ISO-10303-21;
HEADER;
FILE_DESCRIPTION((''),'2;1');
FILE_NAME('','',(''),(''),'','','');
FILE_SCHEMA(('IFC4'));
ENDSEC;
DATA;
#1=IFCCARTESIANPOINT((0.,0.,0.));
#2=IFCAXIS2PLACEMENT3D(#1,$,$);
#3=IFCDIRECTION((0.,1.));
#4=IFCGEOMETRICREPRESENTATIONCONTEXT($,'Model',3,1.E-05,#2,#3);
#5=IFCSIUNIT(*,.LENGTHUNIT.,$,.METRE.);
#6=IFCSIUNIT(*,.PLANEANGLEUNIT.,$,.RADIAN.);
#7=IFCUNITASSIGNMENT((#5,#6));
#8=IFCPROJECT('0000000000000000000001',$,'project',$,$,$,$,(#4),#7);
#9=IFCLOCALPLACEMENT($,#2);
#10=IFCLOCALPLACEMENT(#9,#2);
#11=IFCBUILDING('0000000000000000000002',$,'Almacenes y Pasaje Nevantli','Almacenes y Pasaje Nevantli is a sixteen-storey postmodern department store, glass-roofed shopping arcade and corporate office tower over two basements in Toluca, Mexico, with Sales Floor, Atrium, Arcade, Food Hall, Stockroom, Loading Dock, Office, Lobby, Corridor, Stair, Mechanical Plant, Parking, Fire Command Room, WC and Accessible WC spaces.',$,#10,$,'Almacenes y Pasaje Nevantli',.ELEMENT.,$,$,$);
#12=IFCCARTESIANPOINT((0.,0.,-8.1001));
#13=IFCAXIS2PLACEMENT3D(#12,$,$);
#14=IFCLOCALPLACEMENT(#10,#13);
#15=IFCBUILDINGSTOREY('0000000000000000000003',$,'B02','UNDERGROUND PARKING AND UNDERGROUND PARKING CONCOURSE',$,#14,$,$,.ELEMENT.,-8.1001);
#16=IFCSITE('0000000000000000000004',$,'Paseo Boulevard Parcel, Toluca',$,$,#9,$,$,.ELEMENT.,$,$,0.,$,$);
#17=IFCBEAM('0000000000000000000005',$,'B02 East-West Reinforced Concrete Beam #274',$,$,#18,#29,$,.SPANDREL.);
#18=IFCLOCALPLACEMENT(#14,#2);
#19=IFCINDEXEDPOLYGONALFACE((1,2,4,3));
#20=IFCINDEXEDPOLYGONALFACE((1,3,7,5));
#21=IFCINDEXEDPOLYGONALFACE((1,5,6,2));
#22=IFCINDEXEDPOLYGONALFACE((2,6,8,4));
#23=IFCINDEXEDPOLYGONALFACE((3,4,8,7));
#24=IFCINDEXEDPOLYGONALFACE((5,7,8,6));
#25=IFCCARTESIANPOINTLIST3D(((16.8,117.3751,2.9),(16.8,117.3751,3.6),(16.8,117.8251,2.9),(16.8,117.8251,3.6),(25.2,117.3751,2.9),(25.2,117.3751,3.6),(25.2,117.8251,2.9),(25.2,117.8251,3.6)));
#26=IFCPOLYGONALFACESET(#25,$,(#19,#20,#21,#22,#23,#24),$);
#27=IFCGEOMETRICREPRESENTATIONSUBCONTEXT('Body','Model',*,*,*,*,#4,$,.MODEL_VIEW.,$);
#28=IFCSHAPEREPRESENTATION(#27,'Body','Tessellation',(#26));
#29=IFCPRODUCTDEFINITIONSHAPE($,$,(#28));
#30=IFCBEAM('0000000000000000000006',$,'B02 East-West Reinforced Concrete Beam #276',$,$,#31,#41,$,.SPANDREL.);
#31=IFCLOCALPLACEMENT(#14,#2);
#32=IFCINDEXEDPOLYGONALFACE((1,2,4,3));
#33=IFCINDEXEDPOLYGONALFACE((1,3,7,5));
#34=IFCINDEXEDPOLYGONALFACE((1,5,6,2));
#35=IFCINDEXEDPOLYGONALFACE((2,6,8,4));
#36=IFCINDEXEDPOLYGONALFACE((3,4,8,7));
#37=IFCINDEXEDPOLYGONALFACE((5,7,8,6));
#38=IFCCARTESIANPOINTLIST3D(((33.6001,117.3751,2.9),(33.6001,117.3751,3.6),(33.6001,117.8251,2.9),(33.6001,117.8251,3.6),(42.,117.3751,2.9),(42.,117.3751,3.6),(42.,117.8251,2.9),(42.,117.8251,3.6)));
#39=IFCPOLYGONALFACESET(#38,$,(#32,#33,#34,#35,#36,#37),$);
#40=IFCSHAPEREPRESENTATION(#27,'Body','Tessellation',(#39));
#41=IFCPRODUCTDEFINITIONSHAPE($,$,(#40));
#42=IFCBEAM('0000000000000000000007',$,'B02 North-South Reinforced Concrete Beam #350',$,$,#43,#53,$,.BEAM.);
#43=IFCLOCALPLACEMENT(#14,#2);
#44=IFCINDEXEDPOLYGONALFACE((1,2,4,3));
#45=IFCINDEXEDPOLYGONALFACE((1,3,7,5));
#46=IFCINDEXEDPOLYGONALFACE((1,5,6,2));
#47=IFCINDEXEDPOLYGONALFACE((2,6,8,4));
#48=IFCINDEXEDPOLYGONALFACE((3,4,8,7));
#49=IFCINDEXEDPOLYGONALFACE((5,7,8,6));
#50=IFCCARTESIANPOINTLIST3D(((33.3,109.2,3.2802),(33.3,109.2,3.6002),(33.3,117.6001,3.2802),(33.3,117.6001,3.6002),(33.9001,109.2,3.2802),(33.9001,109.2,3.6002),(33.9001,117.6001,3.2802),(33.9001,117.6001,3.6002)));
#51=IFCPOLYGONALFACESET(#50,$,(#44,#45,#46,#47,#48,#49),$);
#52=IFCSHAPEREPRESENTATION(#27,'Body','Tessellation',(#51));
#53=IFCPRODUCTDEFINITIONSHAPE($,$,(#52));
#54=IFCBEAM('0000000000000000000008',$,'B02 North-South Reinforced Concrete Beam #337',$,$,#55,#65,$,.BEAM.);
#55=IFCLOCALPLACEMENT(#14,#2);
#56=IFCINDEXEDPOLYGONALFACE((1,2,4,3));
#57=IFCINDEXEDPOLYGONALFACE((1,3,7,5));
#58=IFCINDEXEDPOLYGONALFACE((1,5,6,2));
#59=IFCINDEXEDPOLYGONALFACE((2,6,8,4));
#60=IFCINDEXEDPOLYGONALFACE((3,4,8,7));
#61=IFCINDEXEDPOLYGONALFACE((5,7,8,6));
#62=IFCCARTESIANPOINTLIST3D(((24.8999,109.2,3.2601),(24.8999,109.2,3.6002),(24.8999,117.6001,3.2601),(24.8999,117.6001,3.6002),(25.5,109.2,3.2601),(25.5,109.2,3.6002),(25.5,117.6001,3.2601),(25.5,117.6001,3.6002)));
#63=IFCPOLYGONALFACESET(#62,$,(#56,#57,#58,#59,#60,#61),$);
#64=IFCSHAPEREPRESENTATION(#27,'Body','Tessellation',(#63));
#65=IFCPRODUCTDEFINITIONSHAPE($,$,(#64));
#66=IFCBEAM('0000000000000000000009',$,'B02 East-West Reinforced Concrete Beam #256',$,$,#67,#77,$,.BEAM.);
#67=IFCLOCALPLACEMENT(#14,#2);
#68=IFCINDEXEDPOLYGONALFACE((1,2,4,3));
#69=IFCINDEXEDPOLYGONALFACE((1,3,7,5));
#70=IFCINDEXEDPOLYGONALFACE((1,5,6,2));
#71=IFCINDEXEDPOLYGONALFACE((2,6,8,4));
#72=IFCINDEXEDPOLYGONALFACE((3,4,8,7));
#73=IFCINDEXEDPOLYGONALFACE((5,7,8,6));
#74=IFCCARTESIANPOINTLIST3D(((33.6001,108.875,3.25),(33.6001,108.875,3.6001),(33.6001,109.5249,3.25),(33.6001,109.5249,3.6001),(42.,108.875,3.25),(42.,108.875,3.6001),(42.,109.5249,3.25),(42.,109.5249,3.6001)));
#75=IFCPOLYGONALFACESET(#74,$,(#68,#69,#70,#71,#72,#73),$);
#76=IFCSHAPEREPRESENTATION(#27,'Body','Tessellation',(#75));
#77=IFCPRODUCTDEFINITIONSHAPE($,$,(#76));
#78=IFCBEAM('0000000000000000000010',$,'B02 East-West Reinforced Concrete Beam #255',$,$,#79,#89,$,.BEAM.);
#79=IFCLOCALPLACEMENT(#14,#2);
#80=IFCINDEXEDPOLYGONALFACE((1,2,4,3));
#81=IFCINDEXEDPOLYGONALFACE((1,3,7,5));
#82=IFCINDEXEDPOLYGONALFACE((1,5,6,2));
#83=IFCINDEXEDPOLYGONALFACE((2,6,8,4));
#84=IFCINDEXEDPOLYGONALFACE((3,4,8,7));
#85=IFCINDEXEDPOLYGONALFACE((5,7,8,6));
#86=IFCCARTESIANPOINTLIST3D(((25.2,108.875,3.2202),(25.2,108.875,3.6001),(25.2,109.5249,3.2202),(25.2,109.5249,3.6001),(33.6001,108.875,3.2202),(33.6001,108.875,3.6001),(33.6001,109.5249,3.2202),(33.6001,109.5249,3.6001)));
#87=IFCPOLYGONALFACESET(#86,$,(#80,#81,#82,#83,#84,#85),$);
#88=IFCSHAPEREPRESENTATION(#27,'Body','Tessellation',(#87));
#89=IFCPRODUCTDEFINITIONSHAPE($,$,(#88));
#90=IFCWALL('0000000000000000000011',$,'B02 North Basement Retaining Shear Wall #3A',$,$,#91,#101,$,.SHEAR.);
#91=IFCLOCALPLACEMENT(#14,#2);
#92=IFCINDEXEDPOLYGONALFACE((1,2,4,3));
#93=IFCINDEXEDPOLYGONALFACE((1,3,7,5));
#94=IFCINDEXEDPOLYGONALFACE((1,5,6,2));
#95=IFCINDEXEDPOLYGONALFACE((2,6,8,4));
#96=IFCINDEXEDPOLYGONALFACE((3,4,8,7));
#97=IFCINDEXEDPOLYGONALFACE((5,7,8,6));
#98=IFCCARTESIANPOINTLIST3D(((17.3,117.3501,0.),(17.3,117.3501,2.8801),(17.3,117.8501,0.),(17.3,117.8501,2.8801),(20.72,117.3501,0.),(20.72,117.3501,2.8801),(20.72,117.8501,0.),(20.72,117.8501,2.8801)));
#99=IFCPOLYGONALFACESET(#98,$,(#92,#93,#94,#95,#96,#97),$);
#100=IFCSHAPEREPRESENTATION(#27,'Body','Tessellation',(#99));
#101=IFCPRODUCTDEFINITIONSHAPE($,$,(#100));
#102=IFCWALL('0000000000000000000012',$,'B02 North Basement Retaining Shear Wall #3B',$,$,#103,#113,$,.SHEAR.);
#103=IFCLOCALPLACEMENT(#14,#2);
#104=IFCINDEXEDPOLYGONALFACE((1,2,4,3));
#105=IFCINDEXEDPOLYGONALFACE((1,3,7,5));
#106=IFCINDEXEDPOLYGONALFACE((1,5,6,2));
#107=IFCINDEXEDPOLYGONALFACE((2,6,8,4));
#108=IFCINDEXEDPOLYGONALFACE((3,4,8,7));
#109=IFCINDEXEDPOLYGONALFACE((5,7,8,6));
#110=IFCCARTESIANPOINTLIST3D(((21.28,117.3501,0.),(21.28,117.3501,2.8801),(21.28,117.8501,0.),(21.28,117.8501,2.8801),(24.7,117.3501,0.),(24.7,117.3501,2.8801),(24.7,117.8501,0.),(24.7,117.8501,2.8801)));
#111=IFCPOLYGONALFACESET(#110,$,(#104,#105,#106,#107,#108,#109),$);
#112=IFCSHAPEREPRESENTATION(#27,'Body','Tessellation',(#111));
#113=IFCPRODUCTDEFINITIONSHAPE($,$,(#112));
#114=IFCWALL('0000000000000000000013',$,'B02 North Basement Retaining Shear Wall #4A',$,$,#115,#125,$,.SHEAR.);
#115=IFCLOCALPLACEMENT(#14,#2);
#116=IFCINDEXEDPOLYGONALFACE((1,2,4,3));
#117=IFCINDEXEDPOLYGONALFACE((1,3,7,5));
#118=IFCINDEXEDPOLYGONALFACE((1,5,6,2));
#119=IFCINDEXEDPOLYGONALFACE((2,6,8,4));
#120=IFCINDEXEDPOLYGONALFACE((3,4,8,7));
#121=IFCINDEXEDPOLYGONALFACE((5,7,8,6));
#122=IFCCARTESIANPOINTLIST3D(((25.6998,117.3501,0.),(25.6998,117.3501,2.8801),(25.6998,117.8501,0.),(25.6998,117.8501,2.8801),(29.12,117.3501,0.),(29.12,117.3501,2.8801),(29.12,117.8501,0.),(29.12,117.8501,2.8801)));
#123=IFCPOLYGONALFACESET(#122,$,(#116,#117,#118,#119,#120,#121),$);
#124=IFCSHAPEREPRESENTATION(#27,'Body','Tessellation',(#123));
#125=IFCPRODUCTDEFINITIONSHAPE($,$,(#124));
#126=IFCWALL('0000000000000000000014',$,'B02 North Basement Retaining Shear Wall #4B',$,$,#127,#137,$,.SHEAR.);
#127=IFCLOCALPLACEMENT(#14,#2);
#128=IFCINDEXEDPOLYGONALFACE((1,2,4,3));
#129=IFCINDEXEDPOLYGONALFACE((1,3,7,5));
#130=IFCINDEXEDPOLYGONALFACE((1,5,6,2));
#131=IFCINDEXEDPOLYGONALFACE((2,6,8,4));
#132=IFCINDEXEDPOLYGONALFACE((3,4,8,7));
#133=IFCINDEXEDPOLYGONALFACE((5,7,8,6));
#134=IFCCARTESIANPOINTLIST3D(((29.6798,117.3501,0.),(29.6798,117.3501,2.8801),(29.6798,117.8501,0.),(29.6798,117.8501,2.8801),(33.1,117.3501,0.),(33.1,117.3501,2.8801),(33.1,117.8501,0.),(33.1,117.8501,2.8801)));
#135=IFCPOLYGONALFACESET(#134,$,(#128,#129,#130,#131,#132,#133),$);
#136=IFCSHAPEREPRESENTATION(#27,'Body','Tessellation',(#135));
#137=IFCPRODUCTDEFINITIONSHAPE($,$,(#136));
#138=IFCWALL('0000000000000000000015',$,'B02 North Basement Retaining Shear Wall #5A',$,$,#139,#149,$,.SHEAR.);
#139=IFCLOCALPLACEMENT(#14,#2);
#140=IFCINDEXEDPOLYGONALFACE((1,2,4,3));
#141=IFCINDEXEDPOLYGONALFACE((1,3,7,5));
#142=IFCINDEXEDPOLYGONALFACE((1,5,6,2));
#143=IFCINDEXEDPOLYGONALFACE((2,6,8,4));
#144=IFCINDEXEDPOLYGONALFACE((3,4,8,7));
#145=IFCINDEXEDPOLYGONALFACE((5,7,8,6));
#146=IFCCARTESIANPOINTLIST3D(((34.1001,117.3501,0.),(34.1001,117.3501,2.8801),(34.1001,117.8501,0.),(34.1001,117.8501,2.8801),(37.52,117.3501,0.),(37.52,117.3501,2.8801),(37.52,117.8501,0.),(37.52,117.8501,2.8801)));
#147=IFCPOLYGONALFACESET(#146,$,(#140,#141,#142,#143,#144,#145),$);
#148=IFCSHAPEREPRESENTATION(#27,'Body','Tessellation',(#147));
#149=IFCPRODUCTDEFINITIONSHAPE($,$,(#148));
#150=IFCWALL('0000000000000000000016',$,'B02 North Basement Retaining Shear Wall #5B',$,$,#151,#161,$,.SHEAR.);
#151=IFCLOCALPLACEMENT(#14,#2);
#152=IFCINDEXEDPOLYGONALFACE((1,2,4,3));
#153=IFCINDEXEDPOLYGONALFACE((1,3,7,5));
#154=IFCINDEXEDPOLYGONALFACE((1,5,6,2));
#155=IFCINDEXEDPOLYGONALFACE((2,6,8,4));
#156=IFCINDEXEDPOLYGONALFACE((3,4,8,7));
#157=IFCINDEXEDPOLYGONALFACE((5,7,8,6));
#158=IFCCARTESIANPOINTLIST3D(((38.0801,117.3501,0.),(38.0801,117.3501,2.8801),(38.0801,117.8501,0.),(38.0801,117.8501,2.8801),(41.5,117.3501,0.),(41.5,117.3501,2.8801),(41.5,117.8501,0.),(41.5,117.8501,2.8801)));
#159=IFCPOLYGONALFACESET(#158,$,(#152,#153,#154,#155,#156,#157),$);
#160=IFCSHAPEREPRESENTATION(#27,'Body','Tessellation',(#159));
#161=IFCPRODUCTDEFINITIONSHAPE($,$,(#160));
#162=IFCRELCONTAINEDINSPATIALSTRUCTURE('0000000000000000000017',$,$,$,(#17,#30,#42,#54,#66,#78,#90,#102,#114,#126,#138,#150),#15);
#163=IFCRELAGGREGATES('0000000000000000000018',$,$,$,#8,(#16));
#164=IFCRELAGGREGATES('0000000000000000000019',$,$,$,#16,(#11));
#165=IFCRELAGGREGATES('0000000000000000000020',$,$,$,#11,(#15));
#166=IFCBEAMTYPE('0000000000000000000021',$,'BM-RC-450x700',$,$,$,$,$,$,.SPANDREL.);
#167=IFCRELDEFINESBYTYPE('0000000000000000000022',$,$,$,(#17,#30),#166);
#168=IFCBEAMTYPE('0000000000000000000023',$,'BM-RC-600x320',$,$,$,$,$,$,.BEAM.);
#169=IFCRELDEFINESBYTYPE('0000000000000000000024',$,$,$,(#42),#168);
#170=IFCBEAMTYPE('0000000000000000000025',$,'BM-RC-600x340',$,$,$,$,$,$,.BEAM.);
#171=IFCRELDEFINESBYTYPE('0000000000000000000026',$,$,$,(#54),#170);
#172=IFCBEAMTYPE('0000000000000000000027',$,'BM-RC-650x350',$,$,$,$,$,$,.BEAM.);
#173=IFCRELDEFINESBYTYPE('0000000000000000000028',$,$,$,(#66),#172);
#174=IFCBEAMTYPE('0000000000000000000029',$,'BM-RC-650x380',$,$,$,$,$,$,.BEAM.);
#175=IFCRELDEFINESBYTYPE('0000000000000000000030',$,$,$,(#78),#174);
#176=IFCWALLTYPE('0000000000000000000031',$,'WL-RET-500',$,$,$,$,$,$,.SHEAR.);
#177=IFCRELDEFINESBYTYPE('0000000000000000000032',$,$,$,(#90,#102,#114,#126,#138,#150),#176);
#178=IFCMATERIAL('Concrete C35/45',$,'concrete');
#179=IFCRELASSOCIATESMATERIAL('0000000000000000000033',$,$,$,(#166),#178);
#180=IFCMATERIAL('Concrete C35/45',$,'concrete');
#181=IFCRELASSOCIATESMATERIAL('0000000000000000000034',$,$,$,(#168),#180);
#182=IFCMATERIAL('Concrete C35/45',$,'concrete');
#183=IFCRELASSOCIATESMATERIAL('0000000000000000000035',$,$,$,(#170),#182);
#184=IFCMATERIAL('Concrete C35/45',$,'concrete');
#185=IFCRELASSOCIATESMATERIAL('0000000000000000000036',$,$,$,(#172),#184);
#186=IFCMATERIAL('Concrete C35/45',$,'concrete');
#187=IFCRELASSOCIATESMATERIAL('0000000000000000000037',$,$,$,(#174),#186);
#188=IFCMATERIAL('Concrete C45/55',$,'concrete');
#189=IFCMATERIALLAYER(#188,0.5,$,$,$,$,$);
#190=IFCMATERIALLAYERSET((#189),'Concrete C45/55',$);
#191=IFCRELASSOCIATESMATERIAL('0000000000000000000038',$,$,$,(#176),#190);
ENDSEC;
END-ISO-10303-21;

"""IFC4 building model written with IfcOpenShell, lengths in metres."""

from ifc_helpers import new_model, si_unit, direction, frame, frame_2d, origin, origin_2d, place, context, subcontext, project, spatial, rectangle, extrude, material, layer, layer_set, material_profile, profile_set, type_object, element, save


model = new_model("IFC4")

# Units and contexts
model_context = context("Model", 3, precision=1e-05, world=origin(), true_north=direction((0.0, 1.0)))
body_context = subcontext(model_context, "Body", "Model", "MODEL_VIEW")
ifc_project = project(units=[si_unit("LENGTHUNIT", "METRE"), si_unit("PLANEANGLEUNIT", "RADIAN")], contexts=[model_context])

# Site, building, storey
site_placement = place(None, origin())
site = spatial("IfcSite", under=ifc_project, at=site_placement, Name="Paseo Boulevard Parcel, Toluca", CompositionType="ELEMENT", RefElevation=0.0)
building_placement = place(site_placement, origin())
building = spatial("IfcBuilding", under=site, at=building_placement, Name="Almacenes y Pasaje Nevantli", Description="Almacenes y Pasaje Nevantli is a sixteen-storey postmodern department store, glass-roofed shopping arcade and corporate office tower over two basements in Toluca, Mexico, with Sales Floor, Atrium, Arcade, Food Hall, Stockroom, Loading Dock, Office, Lobby, Corridor, Stair, Mechanical Plant, Parking, Fire Command Room, WC and Accessible WC spaces.", LongName="Almacenes y Pasaje Nevantli", CompositionType="ELEMENT")
storey_placement = place(building_placement, frame((0.0, 0.0, -8.1001)))
storey = spatial("IfcBuildingStorey", under=building, at=storey_placement, Name="B02", Description="UNDERGROUND PARKING AND UNDERGROUND PARKING CONCOURSE", CompositionType="ELEMENT", Elevation=-8.1001)

# Beams
ifc_material_1 = material(Name="Concrete C35/45", Category="concrete")
ifc_material_profile_1 = material_profile(ifc_material_1, rectangle(XDim=0.45, YDim=0.7, at=origin_2d()), Name="RC-BM-450x700")
ifc_profile_set_1 = profile_set([ifc_material_profile_1], Name="Concrete C35/45")
beam_type_1 = type_object("IfcBeamType", Name="BM-RC-450x700", PredefinedType="SPANDREL", material=ifc_profile_set_1)
for number, where, z_axis, x_axis, name in (
    (1, (16.8, 117.6001, 3.25), (1.0, 0.0, 0.0), (0.0, 1.0, 0.0), "B02 East-West Reinforced Concrete Beam #274"),
    (2, (33.6001, 117.6001, 3.25), (1.0, 0.0, 0.0), (0.0, 1.0, 0.0), "B02 East-West Reinforced Concrete Beam #276"),
):
    element("IfcBeam", number, at=place(storey_placement, frame(where, z_axis=z_axis, x_axis=x_axis)), inside=storey, type_object=beam_type_1, Name=name, PredefinedType="SPANDREL", context=body_context, shape_type="SweptSolid", body=[
        extrude(rectangle(XDim=0.45, YDim=0.7, at=origin_2d()), origin(), (0.0, 0.0, 1.0), 8.3999),
    ])
ifc_material_2 = material(Name="Concrete C35/45", Category="concrete")
ifc_material_profile_2 = material_profile(ifc_material_2, rectangle(XDim=0.6001, YDim=0.3201, at=origin_2d()), Name="RC-BM-600x320")
ifc_profile_set_2 = profile_set([ifc_material_profile_2], Name="Concrete C35/45")
beam_type_2 = type_object("IfcBeamType", Name="BM-RC-600x320", PredefinedType="BEAM", material=ifc_profile_set_2)
beam_1_placement = place(storey_placement, frame((33.6001, 109.2, 3.4402), z_axis=(0.0, 1.0, 0.0), x_axis=(-1.0, 0.0, 0.0)))
element("IfcBeam", 3, at=beam_1_placement, inside=storey, type_object=beam_type_2, Name="B02 North-South Reinforced Concrete Beam #350", PredefinedType="BEAM", context=body_context, shape_type="SweptSolid", body=[
    extrude(rectangle(XDim=0.6001, YDim=0.3201, at=origin_2d()), origin(), (0.0, 0.0, 1.0), 8.4001),
])
ifc_material_3 = material(Name="Concrete C35/45", Category="concrete")
ifc_material_profile_3 = material_profile(ifc_material_3, rectangle(XDim=0.6001, YDim=0.3401, at=origin_2d()), Name="RC-BM-600x340")
ifc_profile_set_3 = profile_set([ifc_material_profile_3], Name="Concrete C35/45")
beam_type_3 = type_object("IfcBeamType", Name="BM-RC-600x340", PredefinedType="BEAM", material=ifc_profile_set_3)
beam_2_placement = place(storey_placement, frame((25.2, 109.2, 3.4302), z_axis=(0.0, 1.0, 0.0), x_axis=(-1.0, 0.0, 0.0)))
element("IfcBeam", 4, at=beam_2_placement, inside=storey, type_object=beam_type_3, Name="B02 North-South Reinforced Concrete Beam #337", PredefinedType="BEAM", context=body_context, shape_type="SweptSolid", body=[
    extrude(rectangle(XDim=0.6001, YDim=0.3401, at=origin_2d()), origin(), (0.0, 0.0, 1.0), 8.4001),
])
ifc_material_4 = material(Name="Concrete C35/45", Category="concrete")
ifc_material_profile_4 = material_profile(ifc_material_4, rectangle(XDim=0.6499, YDim=0.3501, at=origin_2d()), Name="RC-BM-650x350")
ifc_profile_set_4 = profile_set([ifc_material_profile_4], Name="Concrete C35/45")
beam_type_4 = type_object("IfcBeamType", Name="BM-RC-650x350", PredefinedType="BEAM", material=ifc_profile_set_4)
beam_3_placement = place(storey_placement, frame((33.6001, 109.2, 3.425), z_axis=(1.0, 0.0, 0.0), x_axis=(0.0, 1.0, 0.0)))
element("IfcBeam", 5, at=beam_3_placement, inside=storey, type_object=beam_type_4, Name="B02 East-West Reinforced Concrete Beam #256", PredefinedType="BEAM", context=body_context, shape_type="SweptSolid", body=[
    extrude(rectangle(XDim=0.6499, YDim=0.3501, at=origin_2d()), origin(), (0.0, 0.0, 1.0), 8.3999),
])
ifc_material_5 = material(Name="Concrete C35/45", Category="concrete")
ifc_material_profile_5 = material_profile(ifc_material_5, rectangle(XDim=0.6499, YDim=0.3799, at=origin_2d()), Name="RC-BM-650x380")
ifc_profile_set_5 = profile_set([ifc_material_profile_5], Name="Concrete C35/45")
beam_type_5 = type_object("IfcBeamType", Name="BM-RC-650x380", PredefinedType="BEAM", material=ifc_profile_set_5)
beam_4_placement = place(storey_placement, frame((25.2, 109.2, 3.4102), z_axis=(1.0, 0.0, 0.0), x_axis=(0.0, 1.0, 0.0)))
element("IfcBeam", 6, at=beam_4_placement, inside=storey, type_object=beam_type_5, Name="B02 East-West Reinforced Concrete Beam #255", PredefinedType="BEAM", context=body_context, shape_type="SweptSolid", body=[
    extrude(rectangle(XDim=0.6499, YDim=0.3799, at=origin_2d()), origin(), (0.0, 0.0, 1.0), 8.4001),
])

# Walls
ifc_material_6 = material(Name="Concrete C45/55", Category="concrete")
ifc_layer_1 = layer(ifc_material_6, 0.5)
ifc_layer_set_1 = layer_set([ifc_layer_1], Name="Concrete C45/55")
wall_type = type_object("IfcWallType", Name="WL-RET-500", PredefinedType="SHEAR", material=ifc_layer_set_1)
for number, where, z_axis, x_axis, name in (
    (7, (17.3, 117.6001, 0.0), (0.0, 0.0, 1.0), (1.0, 0.0, 0.0), "B02 North Basement Retaining Shear Wall #3A"),
    (8, (21.28, 117.6001, 0.0), (0.0, 0.0, 1.0), (1.0, 0.0, 0.0), "B02 North Basement Retaining Shear Wall #3B"),
):
    element("IfcWall", number, at=place(storey_placement, frame(where, z_axis=z_axis, x_axis=x_axis)), inside=storey, type_object=wall_type, Name=name, PredefinedType="SHEAR", context=body_context, shape_type="SweptSolid", body=[
        extrude(rectangle(XDim=3.4199, YDim=0.5, at=frame_2d((1.71, 0.0))), origin(), (0.0, 0.0, 1.0), 2.8801),
    ])
for number, where, z_axis, x_axis, name in (
    (9, (25.7, 117.6001, 0.0), (0.0, 0.0, 1.0), (1.0, 0.0, 0.0), "B02 North Basement Retaining Shear Wall #4A"),
    (10, (29.6799, 117.6001, 0.0), (0.0, 0.0, 1.0), (1.0, 0.0, 0.0), "B02 North Basement Retaining Shear Wall #4B"),
):
    element("IfcWall", number, at=place(storey_placement, frame(where, z_axis=z_axis, x_axis=x_axis)), inside=storey, type_object=wall_type, Name=name, PredefinedType="SHEAR", context=body_context, shape_type="SweptSolid", body=[
        extrude(rectangle(XDim=3.4202, YDim=0.5, at=frame_2d((1.71, 0.0))), origin(), (0.0, 0.0, 1.0), 2.8801),
    ])
for number, where, z_axis, x_axis, name in (
    (11, (34.1001, 117.6001, 0.0), (0.0, 0.0, 1.0), (1.0, 0.0, 0.0), "B02 North Basement Retaining Shear Wall #5A"),
    (12, (38.0801, 117.6001, 0.0), (0.0, 0.0, 1.0), (1.0, 0.0, 0.0), "B02 North Basement Retaining Shear Wall #5B"),
):
    element("IfcWall", number, at=place(storey_placement, frame(where, z_axis=z_axis, x_axis=x_axis)), inside=storey, type_object=wall_type, Name=name, PredefinedType="SHEAR", context=body_context, shape_type="SweptSolid", body=[
        extrude(rectangle(XDim=3.4199, YDim=0.5, at=frame_2d((1.71, 0.0))), origin(), (0.0, 0.0, 1.0), 2.8801),
    ])

save(model, "model.ifc")
